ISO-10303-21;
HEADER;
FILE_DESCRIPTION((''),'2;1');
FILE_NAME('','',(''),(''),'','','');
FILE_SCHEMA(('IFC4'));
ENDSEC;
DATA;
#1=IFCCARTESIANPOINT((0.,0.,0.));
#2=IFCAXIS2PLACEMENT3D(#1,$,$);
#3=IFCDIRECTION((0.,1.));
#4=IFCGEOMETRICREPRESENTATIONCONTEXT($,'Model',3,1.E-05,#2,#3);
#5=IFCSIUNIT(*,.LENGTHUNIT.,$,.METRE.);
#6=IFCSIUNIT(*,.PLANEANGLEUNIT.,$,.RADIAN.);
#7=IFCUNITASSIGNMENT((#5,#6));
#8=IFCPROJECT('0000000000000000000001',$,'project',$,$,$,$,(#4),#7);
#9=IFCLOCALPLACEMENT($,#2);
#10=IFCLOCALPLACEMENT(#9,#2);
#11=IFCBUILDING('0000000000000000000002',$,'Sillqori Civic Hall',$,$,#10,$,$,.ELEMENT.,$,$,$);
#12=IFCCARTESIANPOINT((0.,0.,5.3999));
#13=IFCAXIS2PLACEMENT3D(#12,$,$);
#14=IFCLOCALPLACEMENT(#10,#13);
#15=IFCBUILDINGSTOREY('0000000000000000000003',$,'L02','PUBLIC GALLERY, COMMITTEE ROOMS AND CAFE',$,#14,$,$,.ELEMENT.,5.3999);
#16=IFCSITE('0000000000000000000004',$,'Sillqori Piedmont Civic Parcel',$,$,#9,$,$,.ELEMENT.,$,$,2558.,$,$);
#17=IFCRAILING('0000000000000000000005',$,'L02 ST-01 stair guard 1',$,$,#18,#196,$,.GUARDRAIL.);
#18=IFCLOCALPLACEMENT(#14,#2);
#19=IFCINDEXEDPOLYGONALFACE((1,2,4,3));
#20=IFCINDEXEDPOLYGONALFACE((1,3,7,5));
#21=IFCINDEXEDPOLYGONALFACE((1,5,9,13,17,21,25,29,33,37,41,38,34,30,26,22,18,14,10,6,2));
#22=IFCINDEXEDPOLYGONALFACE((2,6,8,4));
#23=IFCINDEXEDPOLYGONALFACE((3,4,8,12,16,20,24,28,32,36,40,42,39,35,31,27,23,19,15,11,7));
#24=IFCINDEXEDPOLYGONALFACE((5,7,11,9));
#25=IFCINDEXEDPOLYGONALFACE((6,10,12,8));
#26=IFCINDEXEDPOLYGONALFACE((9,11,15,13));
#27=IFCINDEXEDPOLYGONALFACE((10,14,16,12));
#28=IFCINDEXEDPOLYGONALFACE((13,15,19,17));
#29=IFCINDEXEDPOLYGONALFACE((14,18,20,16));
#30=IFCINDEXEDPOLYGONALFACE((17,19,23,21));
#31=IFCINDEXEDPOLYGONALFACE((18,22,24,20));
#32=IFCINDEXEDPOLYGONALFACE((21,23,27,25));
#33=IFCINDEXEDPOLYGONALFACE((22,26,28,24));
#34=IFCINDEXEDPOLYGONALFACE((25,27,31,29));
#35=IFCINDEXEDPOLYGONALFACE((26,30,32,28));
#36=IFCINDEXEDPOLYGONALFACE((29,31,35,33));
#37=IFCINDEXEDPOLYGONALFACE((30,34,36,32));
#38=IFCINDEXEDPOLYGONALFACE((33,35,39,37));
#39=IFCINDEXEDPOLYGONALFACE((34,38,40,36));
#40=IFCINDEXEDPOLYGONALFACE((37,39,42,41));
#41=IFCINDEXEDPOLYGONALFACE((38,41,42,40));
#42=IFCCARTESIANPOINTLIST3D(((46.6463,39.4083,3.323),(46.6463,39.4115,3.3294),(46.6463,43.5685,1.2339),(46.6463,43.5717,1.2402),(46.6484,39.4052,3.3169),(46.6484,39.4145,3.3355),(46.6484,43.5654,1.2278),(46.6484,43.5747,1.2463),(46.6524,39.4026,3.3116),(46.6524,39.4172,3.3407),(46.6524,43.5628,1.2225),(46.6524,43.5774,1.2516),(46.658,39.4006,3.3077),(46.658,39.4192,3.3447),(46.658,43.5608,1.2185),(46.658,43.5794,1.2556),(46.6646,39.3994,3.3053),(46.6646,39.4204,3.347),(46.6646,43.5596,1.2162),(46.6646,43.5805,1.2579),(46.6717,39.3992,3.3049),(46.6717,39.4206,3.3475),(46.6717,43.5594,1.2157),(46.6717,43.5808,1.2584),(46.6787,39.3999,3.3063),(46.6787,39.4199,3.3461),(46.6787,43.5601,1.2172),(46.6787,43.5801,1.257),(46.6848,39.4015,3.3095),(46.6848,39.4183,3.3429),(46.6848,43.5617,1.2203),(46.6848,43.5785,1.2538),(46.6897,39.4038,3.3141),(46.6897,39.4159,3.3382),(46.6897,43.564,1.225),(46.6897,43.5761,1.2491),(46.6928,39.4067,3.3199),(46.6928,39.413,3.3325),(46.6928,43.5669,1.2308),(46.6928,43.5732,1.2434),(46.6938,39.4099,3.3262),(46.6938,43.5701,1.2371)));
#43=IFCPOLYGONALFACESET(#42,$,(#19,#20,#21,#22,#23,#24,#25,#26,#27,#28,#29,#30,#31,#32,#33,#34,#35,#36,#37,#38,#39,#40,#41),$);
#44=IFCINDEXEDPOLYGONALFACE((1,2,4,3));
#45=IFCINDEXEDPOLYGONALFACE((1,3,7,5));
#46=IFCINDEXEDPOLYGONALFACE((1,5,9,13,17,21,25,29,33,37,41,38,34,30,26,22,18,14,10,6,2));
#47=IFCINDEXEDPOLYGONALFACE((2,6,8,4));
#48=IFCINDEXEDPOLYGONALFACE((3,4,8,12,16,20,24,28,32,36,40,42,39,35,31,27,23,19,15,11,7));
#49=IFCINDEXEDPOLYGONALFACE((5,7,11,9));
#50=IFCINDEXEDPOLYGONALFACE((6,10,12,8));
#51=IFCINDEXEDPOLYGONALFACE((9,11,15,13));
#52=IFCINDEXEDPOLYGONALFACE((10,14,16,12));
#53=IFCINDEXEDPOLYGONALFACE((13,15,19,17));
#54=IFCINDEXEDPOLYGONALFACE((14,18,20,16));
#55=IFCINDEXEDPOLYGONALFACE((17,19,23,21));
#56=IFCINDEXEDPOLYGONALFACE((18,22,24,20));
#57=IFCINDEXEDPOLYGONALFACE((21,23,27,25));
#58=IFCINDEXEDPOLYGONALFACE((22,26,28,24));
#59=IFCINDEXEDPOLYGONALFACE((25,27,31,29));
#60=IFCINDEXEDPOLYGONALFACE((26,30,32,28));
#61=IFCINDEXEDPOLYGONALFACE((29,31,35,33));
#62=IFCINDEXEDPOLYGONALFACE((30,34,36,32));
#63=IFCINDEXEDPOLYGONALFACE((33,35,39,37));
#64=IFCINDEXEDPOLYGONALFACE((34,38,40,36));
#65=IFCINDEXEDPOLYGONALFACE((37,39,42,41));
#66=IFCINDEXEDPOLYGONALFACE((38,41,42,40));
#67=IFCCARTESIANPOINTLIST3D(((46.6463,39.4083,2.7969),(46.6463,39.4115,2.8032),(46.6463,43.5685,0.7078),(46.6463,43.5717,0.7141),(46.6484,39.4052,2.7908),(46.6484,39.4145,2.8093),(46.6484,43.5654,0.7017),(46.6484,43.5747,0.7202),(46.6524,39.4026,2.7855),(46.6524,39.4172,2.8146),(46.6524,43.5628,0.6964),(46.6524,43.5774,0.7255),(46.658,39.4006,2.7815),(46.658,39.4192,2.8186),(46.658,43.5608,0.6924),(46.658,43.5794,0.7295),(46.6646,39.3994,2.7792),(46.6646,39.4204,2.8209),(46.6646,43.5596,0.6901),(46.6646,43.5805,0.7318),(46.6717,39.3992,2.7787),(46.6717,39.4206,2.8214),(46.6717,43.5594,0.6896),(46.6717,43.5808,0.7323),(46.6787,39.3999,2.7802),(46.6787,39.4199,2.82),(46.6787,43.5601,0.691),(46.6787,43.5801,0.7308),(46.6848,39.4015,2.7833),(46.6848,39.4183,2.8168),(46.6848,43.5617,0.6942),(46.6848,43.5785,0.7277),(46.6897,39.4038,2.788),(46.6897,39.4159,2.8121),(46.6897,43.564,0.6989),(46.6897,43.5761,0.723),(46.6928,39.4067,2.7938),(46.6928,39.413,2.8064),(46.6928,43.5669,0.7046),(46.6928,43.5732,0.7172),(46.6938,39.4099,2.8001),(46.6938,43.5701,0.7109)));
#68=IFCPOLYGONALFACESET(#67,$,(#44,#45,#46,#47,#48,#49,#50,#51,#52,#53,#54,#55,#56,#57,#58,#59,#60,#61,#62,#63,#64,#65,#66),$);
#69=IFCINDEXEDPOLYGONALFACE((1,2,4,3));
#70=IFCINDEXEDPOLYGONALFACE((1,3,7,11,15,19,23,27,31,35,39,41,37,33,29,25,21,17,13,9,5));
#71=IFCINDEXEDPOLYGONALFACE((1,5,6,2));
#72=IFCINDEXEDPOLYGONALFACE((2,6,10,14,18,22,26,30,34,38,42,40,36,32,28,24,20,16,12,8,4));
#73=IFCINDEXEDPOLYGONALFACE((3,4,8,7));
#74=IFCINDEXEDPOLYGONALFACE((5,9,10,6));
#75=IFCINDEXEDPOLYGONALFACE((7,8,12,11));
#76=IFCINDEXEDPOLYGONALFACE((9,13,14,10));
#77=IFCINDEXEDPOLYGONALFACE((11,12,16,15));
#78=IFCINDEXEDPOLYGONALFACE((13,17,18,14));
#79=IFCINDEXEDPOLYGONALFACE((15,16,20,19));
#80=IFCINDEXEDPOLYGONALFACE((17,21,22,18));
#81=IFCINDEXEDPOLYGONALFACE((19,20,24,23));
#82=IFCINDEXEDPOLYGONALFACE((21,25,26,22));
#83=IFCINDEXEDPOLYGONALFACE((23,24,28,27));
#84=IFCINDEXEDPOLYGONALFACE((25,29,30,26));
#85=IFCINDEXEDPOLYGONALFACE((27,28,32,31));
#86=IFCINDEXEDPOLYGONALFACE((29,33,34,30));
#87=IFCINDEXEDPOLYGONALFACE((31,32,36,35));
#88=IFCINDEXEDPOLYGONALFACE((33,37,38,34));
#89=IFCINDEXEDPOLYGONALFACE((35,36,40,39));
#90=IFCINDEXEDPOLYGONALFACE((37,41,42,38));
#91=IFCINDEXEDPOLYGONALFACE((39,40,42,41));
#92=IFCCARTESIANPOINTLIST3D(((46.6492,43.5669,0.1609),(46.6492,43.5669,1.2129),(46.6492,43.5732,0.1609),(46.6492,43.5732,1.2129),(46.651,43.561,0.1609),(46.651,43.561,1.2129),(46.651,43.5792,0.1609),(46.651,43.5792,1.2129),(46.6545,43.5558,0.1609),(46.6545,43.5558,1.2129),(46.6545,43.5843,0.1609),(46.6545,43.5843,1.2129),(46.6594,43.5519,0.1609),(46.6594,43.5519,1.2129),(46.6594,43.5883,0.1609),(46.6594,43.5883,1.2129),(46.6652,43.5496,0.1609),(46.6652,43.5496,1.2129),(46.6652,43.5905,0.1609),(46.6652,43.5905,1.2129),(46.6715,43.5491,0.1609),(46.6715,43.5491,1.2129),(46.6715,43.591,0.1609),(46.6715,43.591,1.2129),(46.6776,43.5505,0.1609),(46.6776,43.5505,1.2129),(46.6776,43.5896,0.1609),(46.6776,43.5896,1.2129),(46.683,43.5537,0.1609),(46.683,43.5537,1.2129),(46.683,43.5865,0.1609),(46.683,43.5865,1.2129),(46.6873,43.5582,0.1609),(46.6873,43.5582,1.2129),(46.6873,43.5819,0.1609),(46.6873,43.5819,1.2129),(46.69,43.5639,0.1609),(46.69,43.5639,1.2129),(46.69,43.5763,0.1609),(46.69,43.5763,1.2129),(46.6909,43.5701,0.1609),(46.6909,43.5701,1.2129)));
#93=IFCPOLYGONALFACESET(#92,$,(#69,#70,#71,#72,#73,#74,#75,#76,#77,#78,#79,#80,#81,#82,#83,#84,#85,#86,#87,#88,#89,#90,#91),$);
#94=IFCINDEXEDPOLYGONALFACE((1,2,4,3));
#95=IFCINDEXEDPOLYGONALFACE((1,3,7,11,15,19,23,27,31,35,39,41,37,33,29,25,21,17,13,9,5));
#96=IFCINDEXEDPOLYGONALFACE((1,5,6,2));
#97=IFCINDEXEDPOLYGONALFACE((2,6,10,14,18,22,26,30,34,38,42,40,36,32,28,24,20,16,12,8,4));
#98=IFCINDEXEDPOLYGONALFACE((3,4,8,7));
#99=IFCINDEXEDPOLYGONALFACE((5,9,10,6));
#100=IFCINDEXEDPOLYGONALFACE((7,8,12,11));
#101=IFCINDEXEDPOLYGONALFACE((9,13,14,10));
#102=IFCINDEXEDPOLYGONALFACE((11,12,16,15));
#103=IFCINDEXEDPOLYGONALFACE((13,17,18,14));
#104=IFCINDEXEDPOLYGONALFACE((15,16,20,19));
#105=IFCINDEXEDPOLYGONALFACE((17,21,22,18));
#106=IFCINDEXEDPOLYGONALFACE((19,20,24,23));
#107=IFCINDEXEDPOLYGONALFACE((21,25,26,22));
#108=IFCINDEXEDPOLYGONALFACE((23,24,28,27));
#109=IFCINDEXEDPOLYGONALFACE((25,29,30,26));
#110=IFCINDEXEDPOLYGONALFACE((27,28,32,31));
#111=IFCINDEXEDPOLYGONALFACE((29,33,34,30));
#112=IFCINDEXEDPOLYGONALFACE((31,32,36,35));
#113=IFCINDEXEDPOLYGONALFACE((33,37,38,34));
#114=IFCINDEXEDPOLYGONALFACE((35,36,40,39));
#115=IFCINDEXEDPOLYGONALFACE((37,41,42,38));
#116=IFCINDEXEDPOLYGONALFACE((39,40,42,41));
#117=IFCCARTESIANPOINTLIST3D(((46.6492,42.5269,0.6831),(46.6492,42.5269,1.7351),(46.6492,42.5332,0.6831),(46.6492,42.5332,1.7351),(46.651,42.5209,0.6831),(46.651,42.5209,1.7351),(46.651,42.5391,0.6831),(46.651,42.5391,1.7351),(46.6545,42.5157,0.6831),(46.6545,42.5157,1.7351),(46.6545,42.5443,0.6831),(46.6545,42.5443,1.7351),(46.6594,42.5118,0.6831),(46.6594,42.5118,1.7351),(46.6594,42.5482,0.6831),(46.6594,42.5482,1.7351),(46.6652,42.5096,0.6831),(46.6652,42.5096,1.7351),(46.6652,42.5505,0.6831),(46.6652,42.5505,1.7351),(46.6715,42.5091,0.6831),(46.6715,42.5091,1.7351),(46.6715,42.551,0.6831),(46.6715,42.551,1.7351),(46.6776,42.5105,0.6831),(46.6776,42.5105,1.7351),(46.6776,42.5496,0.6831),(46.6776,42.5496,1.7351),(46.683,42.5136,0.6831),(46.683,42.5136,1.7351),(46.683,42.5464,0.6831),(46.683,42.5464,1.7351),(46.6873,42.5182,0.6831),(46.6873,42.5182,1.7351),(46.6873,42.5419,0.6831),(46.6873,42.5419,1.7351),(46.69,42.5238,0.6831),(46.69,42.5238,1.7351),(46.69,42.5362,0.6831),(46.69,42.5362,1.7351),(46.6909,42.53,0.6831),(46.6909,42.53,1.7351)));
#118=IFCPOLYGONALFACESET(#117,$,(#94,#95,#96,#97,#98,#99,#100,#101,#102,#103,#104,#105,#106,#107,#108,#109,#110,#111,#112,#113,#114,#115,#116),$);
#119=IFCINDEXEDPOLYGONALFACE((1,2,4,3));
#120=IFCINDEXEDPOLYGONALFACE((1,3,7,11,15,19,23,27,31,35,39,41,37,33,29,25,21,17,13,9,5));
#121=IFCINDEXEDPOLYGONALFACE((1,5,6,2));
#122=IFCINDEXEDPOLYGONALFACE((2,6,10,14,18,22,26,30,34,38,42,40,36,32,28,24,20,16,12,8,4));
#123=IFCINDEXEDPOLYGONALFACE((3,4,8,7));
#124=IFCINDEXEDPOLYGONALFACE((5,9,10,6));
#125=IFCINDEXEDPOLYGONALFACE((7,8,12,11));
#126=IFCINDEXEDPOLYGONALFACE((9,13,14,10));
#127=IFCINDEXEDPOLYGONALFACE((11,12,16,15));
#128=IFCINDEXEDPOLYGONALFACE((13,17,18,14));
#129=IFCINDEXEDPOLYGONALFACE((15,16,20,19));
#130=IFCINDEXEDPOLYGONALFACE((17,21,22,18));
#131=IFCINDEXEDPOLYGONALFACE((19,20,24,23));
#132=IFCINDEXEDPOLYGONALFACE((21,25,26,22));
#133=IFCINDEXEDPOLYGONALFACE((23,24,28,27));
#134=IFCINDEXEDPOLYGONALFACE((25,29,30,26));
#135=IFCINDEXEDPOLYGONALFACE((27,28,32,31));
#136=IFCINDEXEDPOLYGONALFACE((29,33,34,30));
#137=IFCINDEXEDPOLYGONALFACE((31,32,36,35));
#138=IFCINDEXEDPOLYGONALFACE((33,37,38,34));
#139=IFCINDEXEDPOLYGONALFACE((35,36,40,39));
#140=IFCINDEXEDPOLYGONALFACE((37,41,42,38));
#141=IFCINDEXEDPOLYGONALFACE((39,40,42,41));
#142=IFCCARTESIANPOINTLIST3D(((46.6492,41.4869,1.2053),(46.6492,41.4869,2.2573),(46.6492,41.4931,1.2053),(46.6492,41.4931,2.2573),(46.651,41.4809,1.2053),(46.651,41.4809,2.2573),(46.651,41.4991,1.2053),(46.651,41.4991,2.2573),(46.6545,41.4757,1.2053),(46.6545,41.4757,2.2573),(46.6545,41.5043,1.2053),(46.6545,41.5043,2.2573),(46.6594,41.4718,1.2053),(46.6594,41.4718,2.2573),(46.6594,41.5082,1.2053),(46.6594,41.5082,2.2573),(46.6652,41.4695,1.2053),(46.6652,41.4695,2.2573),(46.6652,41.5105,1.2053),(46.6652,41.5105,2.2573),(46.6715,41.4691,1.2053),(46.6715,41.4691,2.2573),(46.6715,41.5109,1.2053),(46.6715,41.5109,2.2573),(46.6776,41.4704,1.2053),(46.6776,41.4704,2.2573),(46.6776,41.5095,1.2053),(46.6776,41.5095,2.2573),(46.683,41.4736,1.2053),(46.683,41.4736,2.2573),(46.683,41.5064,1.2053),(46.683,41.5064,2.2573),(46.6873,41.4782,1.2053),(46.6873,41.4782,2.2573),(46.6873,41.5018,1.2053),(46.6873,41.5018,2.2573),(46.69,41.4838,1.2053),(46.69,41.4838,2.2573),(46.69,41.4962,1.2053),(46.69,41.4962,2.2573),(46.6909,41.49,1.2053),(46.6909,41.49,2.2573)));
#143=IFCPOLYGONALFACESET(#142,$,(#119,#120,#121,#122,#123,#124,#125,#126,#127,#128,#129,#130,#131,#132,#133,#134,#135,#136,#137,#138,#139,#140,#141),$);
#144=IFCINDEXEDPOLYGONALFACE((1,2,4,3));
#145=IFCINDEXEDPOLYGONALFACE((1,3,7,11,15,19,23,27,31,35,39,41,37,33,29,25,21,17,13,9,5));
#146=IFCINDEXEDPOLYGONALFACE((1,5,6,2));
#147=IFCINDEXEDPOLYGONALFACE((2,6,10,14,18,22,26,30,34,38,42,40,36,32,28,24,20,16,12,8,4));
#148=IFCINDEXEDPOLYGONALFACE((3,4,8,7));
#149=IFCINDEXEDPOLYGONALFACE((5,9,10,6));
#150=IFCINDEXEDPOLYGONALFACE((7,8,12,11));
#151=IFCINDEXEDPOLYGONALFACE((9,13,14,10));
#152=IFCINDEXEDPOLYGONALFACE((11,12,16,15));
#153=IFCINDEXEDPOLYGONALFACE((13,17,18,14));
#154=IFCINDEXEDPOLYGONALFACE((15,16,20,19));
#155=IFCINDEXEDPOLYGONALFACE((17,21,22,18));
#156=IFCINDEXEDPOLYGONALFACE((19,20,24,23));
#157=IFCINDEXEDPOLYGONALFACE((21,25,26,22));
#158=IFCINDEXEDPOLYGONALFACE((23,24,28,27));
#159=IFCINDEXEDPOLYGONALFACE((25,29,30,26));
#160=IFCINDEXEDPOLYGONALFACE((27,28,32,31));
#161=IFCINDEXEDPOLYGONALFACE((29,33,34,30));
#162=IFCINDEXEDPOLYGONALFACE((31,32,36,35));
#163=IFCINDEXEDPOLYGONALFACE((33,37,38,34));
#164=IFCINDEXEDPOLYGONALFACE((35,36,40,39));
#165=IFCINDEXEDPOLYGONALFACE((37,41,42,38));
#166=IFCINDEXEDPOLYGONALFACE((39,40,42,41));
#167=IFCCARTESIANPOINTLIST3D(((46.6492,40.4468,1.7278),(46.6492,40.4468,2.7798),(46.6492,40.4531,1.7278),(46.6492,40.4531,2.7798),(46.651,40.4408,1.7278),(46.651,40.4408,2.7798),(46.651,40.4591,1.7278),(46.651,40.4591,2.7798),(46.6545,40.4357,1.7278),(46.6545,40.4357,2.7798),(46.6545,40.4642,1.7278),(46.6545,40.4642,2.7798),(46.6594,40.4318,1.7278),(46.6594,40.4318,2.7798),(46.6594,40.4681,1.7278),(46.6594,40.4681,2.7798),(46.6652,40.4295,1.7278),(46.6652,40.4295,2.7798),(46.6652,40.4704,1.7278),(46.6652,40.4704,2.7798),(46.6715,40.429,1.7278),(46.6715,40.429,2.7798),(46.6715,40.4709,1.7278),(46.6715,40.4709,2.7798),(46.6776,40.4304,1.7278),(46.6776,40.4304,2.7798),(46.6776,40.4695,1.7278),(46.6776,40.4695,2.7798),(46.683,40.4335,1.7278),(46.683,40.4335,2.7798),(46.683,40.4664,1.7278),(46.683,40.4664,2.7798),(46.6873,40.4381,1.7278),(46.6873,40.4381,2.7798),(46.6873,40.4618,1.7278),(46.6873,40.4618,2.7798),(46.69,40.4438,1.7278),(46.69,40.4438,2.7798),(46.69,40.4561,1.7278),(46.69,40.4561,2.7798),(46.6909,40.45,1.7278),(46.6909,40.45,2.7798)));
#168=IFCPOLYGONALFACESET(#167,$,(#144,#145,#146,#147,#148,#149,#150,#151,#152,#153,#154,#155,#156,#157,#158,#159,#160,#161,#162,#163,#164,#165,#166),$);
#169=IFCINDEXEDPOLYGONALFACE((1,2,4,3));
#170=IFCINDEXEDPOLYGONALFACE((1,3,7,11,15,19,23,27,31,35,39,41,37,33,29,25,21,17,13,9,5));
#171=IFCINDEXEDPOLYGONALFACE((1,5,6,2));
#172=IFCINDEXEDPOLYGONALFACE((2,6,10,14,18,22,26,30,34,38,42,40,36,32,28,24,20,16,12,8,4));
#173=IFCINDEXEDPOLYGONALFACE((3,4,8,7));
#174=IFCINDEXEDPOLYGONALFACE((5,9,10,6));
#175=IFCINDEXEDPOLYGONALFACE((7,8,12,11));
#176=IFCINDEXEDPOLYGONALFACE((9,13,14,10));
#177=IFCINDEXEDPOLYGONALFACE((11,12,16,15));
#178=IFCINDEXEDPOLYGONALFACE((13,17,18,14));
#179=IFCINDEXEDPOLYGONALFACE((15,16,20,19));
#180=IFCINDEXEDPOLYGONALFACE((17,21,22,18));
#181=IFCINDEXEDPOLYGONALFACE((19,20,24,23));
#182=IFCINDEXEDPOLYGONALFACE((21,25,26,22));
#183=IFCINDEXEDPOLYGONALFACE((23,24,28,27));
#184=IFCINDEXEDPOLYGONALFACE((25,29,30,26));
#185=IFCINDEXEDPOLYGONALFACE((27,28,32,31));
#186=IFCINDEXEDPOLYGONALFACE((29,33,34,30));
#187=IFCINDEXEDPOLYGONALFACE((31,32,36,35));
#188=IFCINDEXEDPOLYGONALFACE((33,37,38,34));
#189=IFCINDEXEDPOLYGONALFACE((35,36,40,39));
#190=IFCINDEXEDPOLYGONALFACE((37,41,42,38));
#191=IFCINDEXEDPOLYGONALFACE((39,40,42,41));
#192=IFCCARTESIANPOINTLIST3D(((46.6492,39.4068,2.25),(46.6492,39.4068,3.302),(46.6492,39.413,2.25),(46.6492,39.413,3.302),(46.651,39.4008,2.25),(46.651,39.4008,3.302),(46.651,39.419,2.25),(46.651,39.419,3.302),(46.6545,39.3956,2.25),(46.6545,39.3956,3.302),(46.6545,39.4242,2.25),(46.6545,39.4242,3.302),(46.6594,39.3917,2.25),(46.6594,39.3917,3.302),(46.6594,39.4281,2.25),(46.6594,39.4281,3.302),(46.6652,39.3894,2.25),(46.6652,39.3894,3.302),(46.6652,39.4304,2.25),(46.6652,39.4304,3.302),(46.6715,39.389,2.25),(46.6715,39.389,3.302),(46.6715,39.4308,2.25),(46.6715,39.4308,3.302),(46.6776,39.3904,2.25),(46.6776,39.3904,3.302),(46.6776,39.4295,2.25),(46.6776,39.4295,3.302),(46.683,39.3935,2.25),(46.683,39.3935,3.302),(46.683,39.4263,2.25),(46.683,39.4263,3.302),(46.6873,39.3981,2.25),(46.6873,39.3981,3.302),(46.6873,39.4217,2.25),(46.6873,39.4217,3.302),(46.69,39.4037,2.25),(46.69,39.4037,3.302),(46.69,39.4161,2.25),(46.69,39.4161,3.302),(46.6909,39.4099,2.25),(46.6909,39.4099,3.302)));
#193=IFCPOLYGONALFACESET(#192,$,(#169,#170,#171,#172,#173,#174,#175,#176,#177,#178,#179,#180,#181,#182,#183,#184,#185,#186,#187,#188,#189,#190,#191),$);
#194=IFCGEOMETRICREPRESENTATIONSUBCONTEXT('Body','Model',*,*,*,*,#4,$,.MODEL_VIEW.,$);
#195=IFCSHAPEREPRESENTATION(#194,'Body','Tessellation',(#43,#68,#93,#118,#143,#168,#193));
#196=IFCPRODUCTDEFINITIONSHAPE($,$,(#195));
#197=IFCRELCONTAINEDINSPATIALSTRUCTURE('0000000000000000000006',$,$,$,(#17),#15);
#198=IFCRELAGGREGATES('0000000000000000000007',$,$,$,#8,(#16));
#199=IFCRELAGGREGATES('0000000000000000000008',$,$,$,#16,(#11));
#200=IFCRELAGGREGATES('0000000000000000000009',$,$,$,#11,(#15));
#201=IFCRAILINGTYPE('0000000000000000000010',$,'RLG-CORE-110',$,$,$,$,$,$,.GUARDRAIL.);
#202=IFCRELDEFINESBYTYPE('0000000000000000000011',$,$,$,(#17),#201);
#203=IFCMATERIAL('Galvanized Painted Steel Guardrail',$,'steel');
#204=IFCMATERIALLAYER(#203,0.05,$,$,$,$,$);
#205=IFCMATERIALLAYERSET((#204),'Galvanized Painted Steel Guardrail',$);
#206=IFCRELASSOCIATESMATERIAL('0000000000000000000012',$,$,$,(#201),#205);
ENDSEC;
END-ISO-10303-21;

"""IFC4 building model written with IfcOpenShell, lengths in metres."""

from ifc_helpers import new_model, si_unit, direction, frame, origin, origin_2d, place, context, subcontext, project, spatial, circle, extrude, material, layer, layer_set, type_object, element, save


model = new_model("IFC4")

# Units and contexts
model_context = context("Model", 3, precision=1e-05, world=origin(), true_north=direction((0.0, 1.0)))
body_context = subcontext(model_context, "Body", "Model", "MODEL_VIEW")
ifc_project = project(units=[si_unit("LENGTHUNIT", "METRE"), si_unit("PLANEANGLEUNIT", "RADIAN")], contexts=[model_context])

# Site, building, storey
site_placement = place(None, origin())
site = spatial("IfcSite", under=ifc_project, at=site_placement, Name="Sillqori Piedmont Civic Parcel", CompositionType="ELEMENT", RefElevation=2558.0)
building_placement = place(site_placement, origin())
building = spatial("IfcBuilding", under=site, at=building_placement, Name="Sillqori Civic Hall", CompositionType="ELEMENT")
storey_placement = place(building_placement, frame((0.0, 0.0, 5.3999)))
storey = spatial("IfcBuildingStorey", under=building, at=storey_placement, Name="L02", Description="PUBLIC GALLERY, COMMITTEE ROOMS AND CAFE", CompositionType="ELEMENT", Elevation=5.3999)

# Railing
ifc_material_1 = material(Name="Galvanized Painted Steel Guardrail", Category="steel")
ifc_layer_1 = layer(ifc_material_1, 0.05)
ifc_layer_set_1 = layer_set([ifc_layer_1], Name="Galvanized Painted Steel Guardrail")
railing_type_1 = type_object("IfcRailingType", Name="RLG-CORE-110", PredefinedType="GUARDRAIL", material=ifc_layer_set_1)
railing_1_placement = place(storey_placement, frame((46.6699, 43.5701, 0.1609)))
element("IfcRailing", 1, at=railing_1_placement, inside=storey, type_object=railing_type_1, Name="L02 ST-01 stair guard 1", PredefinedType="GUARDRAIL", context=body_context, shape_type="SweptSolid", body=[
    extrude(circle(Radius=0.0239, at=origin_2d()), frame((0.0, 0.0, 1.0762), z_axis=(0.0, -0.89365, 0.448765), x_axis=(1.0, 0.0, 0.0)), (0.0, 0.0, 1.0), 4.6553),
    extrude(circle(Radius=0.0239, at=origin_2d()), frame((0.0, 0.0, 0.55), z_axis=(0.0, -0.89365, 0.448765), x_axis=(1.0, 0.0, 0.0)), (0.0, 0.0, 1.0), 4.6553),
    extrude(circle(Radius=0.021, at=origin_2d()), origin(), (0.0, 0.0, 1.0), 1.052),
    extrude(circle(Radius=0.021, at=origin_2d()), frame((0.0, -1.04, 0.5222)), (0.0, 0.0, 1.0), 1.052),
    extrude(circle(Radius=0.021, at=origin_2d()), frame((0.0, -2.0801, 1.0444)), (0.0, 0.0, 1.0), 1.052),
    extrude(circle(Radius=0.021, at=origin_2d()), frame((0.0, -3.1201, 1.5669)), (0.0, 0.0, 1.0), 1.052),
    extrude(circle(Radius=0.021, at=origin_2d()), frame((0.0, -4.1602, 2.0891)), (0.0, 0.0, 1.0), 1.052),
])

save(model, "model.ifc")
